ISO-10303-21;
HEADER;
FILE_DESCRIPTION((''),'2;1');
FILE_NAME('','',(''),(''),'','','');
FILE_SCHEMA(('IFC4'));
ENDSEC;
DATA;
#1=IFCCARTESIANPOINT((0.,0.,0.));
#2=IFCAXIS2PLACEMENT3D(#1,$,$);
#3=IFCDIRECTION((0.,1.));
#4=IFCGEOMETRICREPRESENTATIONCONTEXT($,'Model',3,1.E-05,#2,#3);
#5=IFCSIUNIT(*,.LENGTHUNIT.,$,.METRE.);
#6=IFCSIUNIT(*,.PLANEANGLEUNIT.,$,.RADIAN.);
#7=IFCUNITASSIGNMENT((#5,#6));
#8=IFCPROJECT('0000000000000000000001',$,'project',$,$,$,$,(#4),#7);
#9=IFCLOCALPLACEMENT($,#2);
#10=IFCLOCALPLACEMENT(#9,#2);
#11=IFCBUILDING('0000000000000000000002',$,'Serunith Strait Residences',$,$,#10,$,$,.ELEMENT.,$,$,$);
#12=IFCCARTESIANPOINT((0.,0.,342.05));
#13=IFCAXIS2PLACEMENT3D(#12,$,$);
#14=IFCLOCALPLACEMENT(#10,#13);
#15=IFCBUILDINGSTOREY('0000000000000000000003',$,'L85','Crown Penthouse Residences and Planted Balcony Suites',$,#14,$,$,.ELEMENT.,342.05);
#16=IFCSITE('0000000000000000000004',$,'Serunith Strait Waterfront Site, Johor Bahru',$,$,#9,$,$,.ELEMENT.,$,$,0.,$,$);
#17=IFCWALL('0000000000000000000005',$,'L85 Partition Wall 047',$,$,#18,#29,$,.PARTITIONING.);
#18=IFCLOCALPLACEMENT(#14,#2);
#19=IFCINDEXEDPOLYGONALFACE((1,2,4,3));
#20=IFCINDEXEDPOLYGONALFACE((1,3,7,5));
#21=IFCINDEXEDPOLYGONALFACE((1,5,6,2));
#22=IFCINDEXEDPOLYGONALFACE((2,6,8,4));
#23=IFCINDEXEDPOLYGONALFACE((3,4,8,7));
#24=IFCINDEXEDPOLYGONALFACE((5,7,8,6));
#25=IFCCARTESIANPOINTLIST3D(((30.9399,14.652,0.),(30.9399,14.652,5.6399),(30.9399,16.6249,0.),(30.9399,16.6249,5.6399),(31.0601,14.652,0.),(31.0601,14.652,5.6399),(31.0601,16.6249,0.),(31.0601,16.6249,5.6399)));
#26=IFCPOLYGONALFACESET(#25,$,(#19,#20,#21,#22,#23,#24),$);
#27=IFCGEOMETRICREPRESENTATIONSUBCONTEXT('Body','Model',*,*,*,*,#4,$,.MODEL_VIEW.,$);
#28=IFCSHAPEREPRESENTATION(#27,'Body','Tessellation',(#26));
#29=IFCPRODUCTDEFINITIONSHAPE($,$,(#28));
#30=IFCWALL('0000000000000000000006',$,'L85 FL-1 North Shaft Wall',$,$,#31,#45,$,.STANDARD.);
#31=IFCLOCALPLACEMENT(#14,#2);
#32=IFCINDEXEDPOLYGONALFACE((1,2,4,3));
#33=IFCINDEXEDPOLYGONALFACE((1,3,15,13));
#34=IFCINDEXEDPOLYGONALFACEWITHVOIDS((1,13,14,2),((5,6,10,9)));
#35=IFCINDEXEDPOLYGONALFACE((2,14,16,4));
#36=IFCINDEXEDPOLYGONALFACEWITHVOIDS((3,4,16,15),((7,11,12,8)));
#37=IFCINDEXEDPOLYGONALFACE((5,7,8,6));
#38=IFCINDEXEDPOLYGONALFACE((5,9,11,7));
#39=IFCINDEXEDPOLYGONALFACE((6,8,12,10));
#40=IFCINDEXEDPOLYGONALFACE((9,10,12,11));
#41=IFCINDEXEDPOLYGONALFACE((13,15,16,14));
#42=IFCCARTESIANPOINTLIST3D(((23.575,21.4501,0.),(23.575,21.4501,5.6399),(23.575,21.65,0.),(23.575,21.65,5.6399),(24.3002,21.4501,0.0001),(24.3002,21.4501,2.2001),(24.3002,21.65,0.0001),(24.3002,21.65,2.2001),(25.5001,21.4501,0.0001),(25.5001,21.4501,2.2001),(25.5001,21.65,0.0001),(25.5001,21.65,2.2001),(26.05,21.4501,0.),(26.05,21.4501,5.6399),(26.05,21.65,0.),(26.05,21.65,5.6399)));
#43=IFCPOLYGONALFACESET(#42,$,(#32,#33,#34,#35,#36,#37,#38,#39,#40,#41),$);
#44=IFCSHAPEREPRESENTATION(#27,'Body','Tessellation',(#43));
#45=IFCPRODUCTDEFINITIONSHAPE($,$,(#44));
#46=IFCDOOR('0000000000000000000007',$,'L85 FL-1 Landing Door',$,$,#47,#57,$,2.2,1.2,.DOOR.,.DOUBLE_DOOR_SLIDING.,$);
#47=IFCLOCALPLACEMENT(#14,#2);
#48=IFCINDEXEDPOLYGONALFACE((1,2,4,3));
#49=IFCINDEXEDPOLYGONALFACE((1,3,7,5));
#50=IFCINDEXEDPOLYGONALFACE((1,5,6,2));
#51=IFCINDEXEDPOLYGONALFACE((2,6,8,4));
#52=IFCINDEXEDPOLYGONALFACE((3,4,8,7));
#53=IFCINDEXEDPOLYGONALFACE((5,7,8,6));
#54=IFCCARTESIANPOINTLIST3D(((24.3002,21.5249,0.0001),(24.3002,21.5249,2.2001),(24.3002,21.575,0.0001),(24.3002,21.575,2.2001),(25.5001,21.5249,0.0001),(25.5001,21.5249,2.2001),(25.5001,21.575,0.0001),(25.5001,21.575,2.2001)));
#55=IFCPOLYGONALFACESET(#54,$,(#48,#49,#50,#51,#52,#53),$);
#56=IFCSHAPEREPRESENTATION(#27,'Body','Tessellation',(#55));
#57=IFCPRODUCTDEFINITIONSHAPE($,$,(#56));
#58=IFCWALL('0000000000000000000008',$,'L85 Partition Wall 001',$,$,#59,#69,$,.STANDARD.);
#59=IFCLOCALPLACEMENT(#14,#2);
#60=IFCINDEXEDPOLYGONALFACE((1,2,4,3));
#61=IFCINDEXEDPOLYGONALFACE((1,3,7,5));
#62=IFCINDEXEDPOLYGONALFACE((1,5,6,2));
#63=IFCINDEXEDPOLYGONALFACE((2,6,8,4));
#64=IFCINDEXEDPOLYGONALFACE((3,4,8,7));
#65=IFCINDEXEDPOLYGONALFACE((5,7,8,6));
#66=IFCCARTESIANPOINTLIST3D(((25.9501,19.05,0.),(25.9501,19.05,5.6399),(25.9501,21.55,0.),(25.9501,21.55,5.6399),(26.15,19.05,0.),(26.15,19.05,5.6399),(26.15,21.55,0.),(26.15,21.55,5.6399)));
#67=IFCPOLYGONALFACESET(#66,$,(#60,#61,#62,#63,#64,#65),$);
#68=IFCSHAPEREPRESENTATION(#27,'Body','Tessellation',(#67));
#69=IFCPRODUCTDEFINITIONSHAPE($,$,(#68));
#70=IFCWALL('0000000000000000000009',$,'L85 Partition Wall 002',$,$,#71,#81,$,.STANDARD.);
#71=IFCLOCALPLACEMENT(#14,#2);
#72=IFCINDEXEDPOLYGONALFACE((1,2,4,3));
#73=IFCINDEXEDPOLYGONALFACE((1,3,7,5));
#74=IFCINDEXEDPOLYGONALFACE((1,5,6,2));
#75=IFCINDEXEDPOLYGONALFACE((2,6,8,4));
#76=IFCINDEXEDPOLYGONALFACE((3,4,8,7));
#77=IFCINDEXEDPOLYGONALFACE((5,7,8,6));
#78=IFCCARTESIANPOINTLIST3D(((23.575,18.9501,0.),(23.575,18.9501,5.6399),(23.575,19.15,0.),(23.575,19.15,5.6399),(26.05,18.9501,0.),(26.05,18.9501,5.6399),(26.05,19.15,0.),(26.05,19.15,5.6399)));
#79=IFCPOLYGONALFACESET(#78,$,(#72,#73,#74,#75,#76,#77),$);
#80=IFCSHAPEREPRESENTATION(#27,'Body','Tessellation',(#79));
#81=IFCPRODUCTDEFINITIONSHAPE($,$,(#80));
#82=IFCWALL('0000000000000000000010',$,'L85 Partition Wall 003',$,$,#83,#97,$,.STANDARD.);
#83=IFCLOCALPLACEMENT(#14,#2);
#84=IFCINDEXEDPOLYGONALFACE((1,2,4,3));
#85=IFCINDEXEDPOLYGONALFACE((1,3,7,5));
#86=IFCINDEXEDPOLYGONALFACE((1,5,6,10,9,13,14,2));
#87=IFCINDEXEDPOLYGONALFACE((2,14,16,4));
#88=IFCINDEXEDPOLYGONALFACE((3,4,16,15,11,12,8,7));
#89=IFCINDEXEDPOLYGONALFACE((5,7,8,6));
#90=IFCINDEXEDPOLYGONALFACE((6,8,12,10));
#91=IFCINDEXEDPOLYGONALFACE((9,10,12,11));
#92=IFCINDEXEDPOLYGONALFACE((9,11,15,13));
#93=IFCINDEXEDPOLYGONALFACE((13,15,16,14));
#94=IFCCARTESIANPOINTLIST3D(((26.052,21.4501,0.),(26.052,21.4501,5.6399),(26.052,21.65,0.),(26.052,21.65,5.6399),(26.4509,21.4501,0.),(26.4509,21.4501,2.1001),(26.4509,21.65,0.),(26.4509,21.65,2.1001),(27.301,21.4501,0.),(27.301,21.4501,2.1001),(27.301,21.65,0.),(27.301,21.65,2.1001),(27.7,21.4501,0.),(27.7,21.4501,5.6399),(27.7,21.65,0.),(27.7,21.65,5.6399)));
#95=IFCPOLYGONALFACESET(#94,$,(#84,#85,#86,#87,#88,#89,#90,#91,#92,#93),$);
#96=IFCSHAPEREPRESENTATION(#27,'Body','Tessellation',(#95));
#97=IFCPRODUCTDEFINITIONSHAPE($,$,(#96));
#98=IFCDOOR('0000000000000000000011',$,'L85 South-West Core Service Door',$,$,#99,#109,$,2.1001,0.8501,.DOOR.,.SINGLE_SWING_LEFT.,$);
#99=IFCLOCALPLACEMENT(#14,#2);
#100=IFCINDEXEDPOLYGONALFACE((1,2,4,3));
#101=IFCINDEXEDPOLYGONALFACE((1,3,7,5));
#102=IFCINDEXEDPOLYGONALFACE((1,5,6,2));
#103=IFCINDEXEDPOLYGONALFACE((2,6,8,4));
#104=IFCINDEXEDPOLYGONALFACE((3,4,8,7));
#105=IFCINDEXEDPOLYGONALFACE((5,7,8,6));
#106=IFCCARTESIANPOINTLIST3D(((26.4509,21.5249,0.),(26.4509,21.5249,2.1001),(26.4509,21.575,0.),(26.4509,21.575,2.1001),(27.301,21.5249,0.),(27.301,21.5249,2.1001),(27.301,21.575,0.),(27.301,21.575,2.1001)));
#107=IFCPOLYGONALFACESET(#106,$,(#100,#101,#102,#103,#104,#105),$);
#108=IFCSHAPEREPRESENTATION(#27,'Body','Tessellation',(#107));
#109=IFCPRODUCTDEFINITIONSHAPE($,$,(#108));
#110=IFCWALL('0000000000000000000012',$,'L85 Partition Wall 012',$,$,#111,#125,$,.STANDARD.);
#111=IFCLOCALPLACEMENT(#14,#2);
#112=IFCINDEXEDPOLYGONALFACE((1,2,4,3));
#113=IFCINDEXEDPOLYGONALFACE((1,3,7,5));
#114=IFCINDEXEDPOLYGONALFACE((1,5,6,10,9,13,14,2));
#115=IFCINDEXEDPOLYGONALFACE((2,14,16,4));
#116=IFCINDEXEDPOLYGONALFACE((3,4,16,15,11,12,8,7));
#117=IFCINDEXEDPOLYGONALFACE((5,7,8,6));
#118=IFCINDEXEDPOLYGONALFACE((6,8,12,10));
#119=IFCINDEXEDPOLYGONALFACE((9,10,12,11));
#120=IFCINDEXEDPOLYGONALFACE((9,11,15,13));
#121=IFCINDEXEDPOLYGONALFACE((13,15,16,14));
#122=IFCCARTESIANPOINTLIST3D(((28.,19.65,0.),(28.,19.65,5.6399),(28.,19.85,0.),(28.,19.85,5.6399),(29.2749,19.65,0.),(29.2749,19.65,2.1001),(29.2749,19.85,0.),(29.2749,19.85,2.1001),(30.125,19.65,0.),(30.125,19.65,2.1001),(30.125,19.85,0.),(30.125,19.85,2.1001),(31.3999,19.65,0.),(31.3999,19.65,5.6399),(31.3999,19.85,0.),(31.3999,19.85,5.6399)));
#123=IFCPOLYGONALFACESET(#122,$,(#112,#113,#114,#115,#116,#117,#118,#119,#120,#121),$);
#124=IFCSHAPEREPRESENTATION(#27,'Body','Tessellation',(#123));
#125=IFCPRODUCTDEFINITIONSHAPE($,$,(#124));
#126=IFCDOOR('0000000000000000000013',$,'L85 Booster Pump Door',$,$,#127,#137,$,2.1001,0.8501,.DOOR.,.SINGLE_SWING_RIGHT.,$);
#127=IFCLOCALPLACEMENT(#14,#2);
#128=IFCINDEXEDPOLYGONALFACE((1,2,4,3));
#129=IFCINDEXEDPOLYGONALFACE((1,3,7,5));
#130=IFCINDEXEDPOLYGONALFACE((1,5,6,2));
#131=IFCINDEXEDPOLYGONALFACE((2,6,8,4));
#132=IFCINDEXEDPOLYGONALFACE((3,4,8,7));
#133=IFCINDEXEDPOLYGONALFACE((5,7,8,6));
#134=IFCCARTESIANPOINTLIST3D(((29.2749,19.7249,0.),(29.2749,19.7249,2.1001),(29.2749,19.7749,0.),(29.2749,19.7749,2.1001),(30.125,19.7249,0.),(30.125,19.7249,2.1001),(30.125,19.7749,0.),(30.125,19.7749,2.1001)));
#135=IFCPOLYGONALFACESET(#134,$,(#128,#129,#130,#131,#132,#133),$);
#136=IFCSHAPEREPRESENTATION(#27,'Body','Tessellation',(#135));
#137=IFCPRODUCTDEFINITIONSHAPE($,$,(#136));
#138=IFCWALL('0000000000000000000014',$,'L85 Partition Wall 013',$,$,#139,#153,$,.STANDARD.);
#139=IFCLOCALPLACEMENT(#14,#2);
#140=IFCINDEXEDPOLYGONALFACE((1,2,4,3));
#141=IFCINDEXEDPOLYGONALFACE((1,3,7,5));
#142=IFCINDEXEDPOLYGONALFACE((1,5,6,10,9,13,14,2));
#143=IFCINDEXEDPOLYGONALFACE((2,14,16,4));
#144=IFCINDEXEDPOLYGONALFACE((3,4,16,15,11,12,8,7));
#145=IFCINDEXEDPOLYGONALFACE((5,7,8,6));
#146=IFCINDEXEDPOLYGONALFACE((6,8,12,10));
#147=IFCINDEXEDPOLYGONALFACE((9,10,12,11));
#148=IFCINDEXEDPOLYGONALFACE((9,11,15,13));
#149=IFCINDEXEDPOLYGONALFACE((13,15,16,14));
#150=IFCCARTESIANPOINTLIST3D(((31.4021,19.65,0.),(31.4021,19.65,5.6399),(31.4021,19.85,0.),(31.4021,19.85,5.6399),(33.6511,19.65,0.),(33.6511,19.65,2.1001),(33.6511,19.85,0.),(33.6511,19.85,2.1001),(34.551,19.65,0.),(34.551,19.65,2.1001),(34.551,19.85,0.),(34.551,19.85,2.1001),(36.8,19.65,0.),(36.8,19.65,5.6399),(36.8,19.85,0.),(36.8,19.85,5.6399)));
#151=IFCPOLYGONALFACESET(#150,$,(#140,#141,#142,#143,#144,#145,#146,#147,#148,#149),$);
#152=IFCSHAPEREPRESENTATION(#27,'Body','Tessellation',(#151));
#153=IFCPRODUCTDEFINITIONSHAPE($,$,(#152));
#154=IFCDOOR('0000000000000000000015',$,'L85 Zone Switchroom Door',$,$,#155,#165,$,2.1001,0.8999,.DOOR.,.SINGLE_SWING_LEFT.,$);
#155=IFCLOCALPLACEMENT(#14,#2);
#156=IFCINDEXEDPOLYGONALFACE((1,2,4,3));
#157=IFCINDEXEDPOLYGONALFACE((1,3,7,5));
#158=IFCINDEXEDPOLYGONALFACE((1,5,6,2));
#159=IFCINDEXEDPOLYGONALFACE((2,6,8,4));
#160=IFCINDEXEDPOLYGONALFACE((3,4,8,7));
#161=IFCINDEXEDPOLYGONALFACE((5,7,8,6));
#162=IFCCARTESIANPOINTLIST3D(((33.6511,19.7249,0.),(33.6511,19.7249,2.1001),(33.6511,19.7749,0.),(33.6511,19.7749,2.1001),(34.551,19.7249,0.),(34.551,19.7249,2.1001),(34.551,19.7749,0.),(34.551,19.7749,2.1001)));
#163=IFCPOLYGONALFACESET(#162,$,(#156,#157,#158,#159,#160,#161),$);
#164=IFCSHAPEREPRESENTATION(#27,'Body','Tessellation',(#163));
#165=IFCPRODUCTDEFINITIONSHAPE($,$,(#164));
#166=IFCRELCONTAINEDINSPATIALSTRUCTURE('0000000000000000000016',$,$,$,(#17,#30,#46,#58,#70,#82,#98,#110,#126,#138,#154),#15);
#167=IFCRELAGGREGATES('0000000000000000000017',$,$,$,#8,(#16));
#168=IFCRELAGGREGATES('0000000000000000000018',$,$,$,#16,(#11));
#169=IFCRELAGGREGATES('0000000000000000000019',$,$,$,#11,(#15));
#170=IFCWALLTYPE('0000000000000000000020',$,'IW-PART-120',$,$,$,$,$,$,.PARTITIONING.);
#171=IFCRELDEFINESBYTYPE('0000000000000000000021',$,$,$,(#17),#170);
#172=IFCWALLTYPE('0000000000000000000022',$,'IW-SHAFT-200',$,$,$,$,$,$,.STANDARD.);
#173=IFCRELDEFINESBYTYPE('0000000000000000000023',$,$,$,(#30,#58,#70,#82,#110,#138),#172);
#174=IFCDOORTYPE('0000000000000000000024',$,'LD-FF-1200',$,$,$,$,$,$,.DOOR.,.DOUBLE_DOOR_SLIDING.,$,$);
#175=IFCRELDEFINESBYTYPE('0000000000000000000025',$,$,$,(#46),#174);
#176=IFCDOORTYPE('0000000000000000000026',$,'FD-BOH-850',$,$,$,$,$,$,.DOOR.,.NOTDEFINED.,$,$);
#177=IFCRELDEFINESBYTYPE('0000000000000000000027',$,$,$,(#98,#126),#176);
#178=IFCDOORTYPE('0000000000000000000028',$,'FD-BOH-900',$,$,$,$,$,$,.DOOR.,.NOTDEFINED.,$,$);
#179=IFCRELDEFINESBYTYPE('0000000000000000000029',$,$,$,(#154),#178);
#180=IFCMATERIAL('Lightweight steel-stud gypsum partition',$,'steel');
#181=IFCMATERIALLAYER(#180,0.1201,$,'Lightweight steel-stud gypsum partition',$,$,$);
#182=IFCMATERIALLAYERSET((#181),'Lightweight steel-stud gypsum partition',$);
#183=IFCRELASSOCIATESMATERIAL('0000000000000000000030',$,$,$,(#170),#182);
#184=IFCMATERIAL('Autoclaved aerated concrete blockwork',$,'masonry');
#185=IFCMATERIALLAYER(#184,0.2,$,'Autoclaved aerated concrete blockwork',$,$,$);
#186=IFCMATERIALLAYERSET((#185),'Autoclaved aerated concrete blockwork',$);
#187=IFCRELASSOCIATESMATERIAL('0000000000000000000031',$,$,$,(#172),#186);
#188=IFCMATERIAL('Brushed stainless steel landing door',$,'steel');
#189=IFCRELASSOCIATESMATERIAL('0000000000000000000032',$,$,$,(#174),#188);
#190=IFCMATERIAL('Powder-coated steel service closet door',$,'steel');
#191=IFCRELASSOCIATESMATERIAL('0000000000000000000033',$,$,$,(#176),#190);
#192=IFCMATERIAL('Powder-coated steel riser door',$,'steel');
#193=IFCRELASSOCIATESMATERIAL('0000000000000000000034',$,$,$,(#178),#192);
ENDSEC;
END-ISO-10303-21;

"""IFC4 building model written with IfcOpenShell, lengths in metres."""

from ifc_helpers import new_model, si_unit, direction, frame, frame_2d, origin, place, context, subcontext, project, spatial, rectangle, extrude, source, transform, mapped, material, layer, layer_set, type_object, element, fill, save


model = new_model("IFC4")

# Units and contexts
model_context = context("Model", 3, precision=1e-05, world=origin(), true_north=direction((0.0, 1.0)))
body_context = subcontext(model_context, "Body", "Model", "MODEL_VIEW")
ifc_project = project(units=[si_unit("LENGTHUNIT", "METRE"), si_unit("PLANEANGLEUNIT", "RADIAN")], contexts=[model_context])

# Site, building, storey
site_placement = place(None, origin())
site = spatial("IfcSite", under=ifc_project, at=site_placement, Name="Serunith Strait Waterfront Site, Johor Bahru", CompositionType="ELEMENT", RefElevation=0.0)
building_placement = place(site_placement, origin())
building = spatial("IfcBuilding", under=site, at=building_placement, Name="Serunith Strait Residences", CompositionType="ELEMENT")
storey_placement = place(building_placement, frame((0.0, 0.0, 342.05)))
storey = spatial("IfcBuildingStorey", under=building, at=storey_placement, Name="L85", Description="Crown Penthouse Residences and Planted Balcony Suites", CompositionType="ELEMENT", Elevation=342.05)

# Wall
ifc_material_1 = material(Name="Lightweight steel-stud gypsum partition", Category="steel")
ifc_layer_1 = layer(ifc_material_1, 0.1201, Name="Lightweight steel-stud gypsum partition")
ifc_layer_set_1 = layer_set([ifc_layer_1], Name="Lightweight steel-stud gypsum partition")
wall_type_1 = type_object("IfcWallType", Name="IW-PART-120", PredefinedType="PARTITIONING", material=ifc_layer_set_1)
wall_1_placement = place(storey_placement, frame((31.0, 14.6521, 0.0), z_axis=(0.0, 0.0, 1.0), x_axis=(0.0, 1.0, 0.0)))
element("IfcWall", 1, at=wall_1_placement, inside=storey, type_object=wall_type_1, Name="L85 Partition Wall 047", PredefinedType="PARTITIONING", context=body_context, shape_type="SweptSolid", body=[
    extrude(rectangle(XDim=1.9729, YDim=0.1201, at=frame_2d((0.9863, 0.0))), origin(), (0.0, 0.0, 1.0), 5.6399),
])

# Wall, opening, door
ifc_material_2 = material(Name="Autoclaved aerated concrete blockwork", Category="masonry")
ifc_layer_2 = layer(ifc_material_2, 0.2, Name="Autoclaved aerated concrete blockwork")
ifc_layer_set_2 = layer_set([ifc_layer_2], Name="Autoclaved aerated concrete blockwork")
wall_type_2 = type_object("IfcWallType", Name="IW-SHAFT-200", PredefinedType="STANDARD", material=ifc_layer_set_2)
wall_2_placement = place(storey_placement, frame((23.575, 21.55, 0.0), z_axis=(0.0, 0.0, 1.0), x_axis=(1.0, 0.0, 0.0)))
wall_2 = element("IfcWall", 2, at=wall_2_placement, inside=storey, type_object=wall_type_2, Name="L85 FL-1 North Shaft Wall", PredefinedType="STANDARD", context=body_context, shape_type="SweptSolid", body=[
    extrude(rectangle(XDim=2.4751, YDim=0.2, at=frame_2d((1.2375, 0.0))), origin(), (0.0, 0.0, 1.0), 5.6399),
])
opening_1_placement = place(wall_2_placement, frame((0.7251, 0.0, 0.0)))
opening_1 = element("IfcOpeningElement", 3, at=opening_1_placement, cuts=wall_2, PredefinedType="OPENING", context=body_context, shape_type="SweptSolid", body=[
    extrude(rectangle(XDim=1.2, YDim=2.2, at=frame_2d((0.6001, 1.1001))), frame((0.0, 0.1099, 0.0), z_axis=(0.0, -1.0, 0.0), x_axis=(1.0, 0.0, 0.0)), (0.0, 0.0, 1.0), 0.22),
])
ifc_material_3 = material(Name="Brushed stainless steel landing door", Category="steel")
door_type_1 = type_object("IfcDoorType", Name="LD-FF-1200", OperationType="DOUBLE_DOOR_SLIDING", PredefinedType="DOOR", material=ifc_material_3)
shared_shape_1 = source(origin(), body_context, "Body", "SweptSolid", [
    extrude(rectangle(XDim=1.2, YDim=2.2, at=frame_2d((0.6001, 1.1001))), frame((0.0, 0.0249, 0.0), z_axis=(0.0, -1.0, 0.0), x_axis=(1.0, 0.0, 0.0)), (0.0, 0.0, 1.0), 0.05),
])
door_1_placement = place(opening_1_placement, origin())
door_1 = element("IfcDoor", 4, at=door_1_placement, inside=storey, type_object=door_type_1, Name="L85 FL-1 Landing Door", OperationType="DOUBLE_DOOR_SLIDING", OverallHeight=2.2, OverallWidth=1.2, PredefinedType="DOOR", context=body_context, shape_type="MappedRepresentation", body=[
    mapped(shared_shape_1, transform((0.0, 0.0, 0.0), scale=1.0)),
])
fill(opening_1, door_1)

# Walls
wall_3_placement = place(storey_placement, frame((26.05, 19.05, 0.0), z_axis=(0.0, 0.0, 1.0), x_axis=(0.0, 1.0, 0.0)))
element("IfcWall", 5, at=wall_3_placement, inside=storey, type_object=wall_type_2, Name="L85 Partition Wall 001", PredefinedType="STANDARD", context=body_context, shape_type="SweptSolid", body=[
    extrude(rectangle(XDim=2.5, YDim=0.2, at=frame_2d((1.25, 0.0))), origin(), (0.0, 0.0, 1.0), 5.6399),
])
wall_4_placement = place(storey_placement, frame((23.575, 19.05, 0.0), z_axis=(0.0, 0.0, 1.0), x_axis=(1.0, 0.0, 0.0)))
element("IfcWall", 6, at=wall_4_placement, inside=storey, type_object=wall_type_2, Name="L85 Partition Wall 002", PredefinedType="STANDARD", context=body_context, shape_type="SweptSolid", body=[
    extrude(rectangle(XDim=2.4751, YDim=0.2, at=frame_2d((1.2375, 0.0))), origin(), (0.0, 0.0, 1.0), 5.6399),
])

# Walls, openings, doors
wall_5_placement = place(storey_placement, frame((26.052, 21.55, 0.0), z_axis=(0.0, 0.0, 1.0), x_axis=(1.0, 0.0, 0.0)))
wall_5 = element("IfcWall", 7, at=wall_5_placement, inside=storey, type_object=wall_type_2, Name="L85 Partition Wall 003", PredefinedType="STANDARD", context=body_context, shape_type="SweptSolid", body=[
    extrude(rectangle(XDim=1.6479, YDim=0.2, at=frame_2d((0.824, 0.0))), origin(), (0.0, 0.0, 1.0), 5.6399),
])
opening_2_placement = place(wall_5_placement, frame((0.3989, 0.0, 0.0)))
opening_2 = element("IfcOpeningElement", 8, at=opening_2_placement, cuts=wall_5, PredefinedType="OPENING", context=body_context, shape_type="SweptSolid", body=[
    extrude(rectangle(XDim=0.8501, YDim=2.1001, at=frame_2d((0.425, 1.05))), frame((0.0, 0.1099, 0.0), z_axis=(0.0, -1.0, 0.0), x_axis=(1.0, 0.0, 0.0)), (0.0, 0.0, 1.0), 0.22),
])
ifc_material_4 = material(Name="Powder-coated steel service closet door", Category="steel")
door_type_2 = type_object("IfcDoorType", Name="FD-BOH-850", OperationType="NOTDEFINED", PredefinedType="DOOR", material=ifc_material_4)
shared_shape_2 = source(origin(), body_context, "Body", "SweptSolid", [
    extrude(rectangle(XDim=0.8501, YDim=2.1001, at=frame_2d((0.425, 1.05))), frame((0.0, 0.0249, 0.0), z_axis=(0.0, -1.0, 0.0), x_axis=(1.0, 0.0, 0.0)), (0.0, 0.0, 1.0), 0.05),
])
door_2_placement = place(opening_2_placement, origin())
door_2 = element("IfcDoor", 9, at=door_2_placement, inside=storey, type_object=door_type_2, Name="L85 South-West Core Service Door", OperationType="SINGLE_SWING_LEFT", OverallHeight=2.1001, OverallWidth=0.8501, PredefinedType="DOOR", context=body_context, shape_type="MappedRepresentation", body=[
    mapped(shared_shape_2, transform((0.0, 0.0, 0.0), scale=1.0)),
])
fill(opening_2, door_2)
wall_6_placement = place(storey_placement, frame((28.0, 19.75, 0.0), z_axis=(0.0, 0.0, 1.0), x_axis=(1.0, 0.0, 0.0)))
wall_6 = element("IfcWall", 10, at=wall_6_placement, inside=storey, type_object=wall_type_2, Name="L85 Partition Wall 012", PredefinedType="STANDARD", context=body_context, shape_type="SweptSolid", body=[
    extrude(rectangle(XDim=3.3999, YDim=0.2, at=frame_2d((1.7, 0.0))), origin(), (0.0, 0.0, 1.0), 5.6399),
])
opening_3_placement = place(wall_6_placement, frame((1.2749, 0.0, 0.0)))
opening_3 = element("IfcOpeningElement", 11, at=opening_3_placement, cuts=wall_6, PredefinedType="OPENING", context=body_context, shape_type="SweptSolid", body=[
    extrude(rectangle(XDim=0.8501, YDim=2.1001, at=frame_2d((0.425, 1.05))), frame((0.0, 0.1099, 0.0), z_axis=(0.0, -1.0, 0.0), x_axis=(1.0, 0.0, 0.0)), (0.0, 0.0, 1.0), 0.22),
])
door_3_placement = place(opening_3_placement, origin())
door_3 = element("IfcDoor", 12, at=door_3_placement, inside=storey, type_object=door_type_2, Name="L85 Booster Pump Door", OperationType="SINGLE_SWING_RIGHT", OverallHeight=2.1001, OverallWidth=0.8501, PredefinedType="DOOR", context=body_context, shape_type="MappedRepresentation", body=[
    mapped(shared_shape_2, transform((0.0, 0.0, 0.0), scale=1.0)),
])
fill(opening_3, door_3)
wall_7_placement = place(storey_placement, frame((31.4021, 19.75, 0.0), z_axis=(0.0, 0.0, 1.0), x_axis=(1.0, 0.0, 0.0)))
wall_7 = element("IfcWall", 13, at=wall_7_placement, inside=storey, type_object=wall_type_2, Name="L85 Partition Wall 013", PredefinedType="STANDARD", context=body_context, shape_type="SweptSolid", body=[
    extrude(rectangle(XDim=5.3979, YDim=0.2, at=frame_2d((2.699, 0.0))), origin(), (0.0, 0.0, 1.0), 5.6399),
])
opening_4_placement = place(wall_7_placement, frame((2.249, 0.0, 0.0)))
opening_4 = element("IfcOpeningElement", 14, at=opening_4_placement, cuts=wall_7, PredefinedType="OPENING", context=body_context, shape_type="SweptSolid", body=[
    extrude(rectangle(XDim=0.8999, YDim=2.1001, at=frame_2d((0.45, 1.05))), frame((0.0, 0.1099, 0.0), z_axis=(0.0, -1.0, 0.0), x_axis=(1.0, 0.0, 0.0)), (0.0, 0.0, 1.0), 0.22),
])
ifc_material_5 = material(Name="Powder-coated steel riser door", Category="steel")
door_type_3 = type_object("IfcDoorType", Name="FD-BOH-900", OperationType="NOTDEFINED", PredefinedType="DOOR", material=ifc_material_5)
shared_shape_3 = source(origin(), body_context, "Body", "SweptSolid", [
    extrude(rectangle(XDim=0.8999, YDim=2.1001, at=frame_2d((0.45, 1.05))), frame((0.0, 0.0249, 0.0), z_axis=(0.0, -1.0, 0.0), x_axis=(1.0, 0.0, 0.0)), (0.0, 0.0, 1.0), 0.05),
])
door_4_placement = place(opening_4_placement, origin())
door_4 = element("IfcDoor", 15, at=door_4_placement, inside=storey, type_object=door_type_3, Name="L85 Zone Switchroom Door", OperationType="SINGLE_SWING_LEFT", OverallHeight=2.1001, OverallWidth=0.8999, PredefinedType="DOOR", context=body_context, shape_type="MappedRepresentation", body=[
    mapped(shared_shape_3, transform((0.0, 0.0, 0.0), scale=1.0)),
])
fill(opening_4, door_4)

save(model, "model.ifc")
